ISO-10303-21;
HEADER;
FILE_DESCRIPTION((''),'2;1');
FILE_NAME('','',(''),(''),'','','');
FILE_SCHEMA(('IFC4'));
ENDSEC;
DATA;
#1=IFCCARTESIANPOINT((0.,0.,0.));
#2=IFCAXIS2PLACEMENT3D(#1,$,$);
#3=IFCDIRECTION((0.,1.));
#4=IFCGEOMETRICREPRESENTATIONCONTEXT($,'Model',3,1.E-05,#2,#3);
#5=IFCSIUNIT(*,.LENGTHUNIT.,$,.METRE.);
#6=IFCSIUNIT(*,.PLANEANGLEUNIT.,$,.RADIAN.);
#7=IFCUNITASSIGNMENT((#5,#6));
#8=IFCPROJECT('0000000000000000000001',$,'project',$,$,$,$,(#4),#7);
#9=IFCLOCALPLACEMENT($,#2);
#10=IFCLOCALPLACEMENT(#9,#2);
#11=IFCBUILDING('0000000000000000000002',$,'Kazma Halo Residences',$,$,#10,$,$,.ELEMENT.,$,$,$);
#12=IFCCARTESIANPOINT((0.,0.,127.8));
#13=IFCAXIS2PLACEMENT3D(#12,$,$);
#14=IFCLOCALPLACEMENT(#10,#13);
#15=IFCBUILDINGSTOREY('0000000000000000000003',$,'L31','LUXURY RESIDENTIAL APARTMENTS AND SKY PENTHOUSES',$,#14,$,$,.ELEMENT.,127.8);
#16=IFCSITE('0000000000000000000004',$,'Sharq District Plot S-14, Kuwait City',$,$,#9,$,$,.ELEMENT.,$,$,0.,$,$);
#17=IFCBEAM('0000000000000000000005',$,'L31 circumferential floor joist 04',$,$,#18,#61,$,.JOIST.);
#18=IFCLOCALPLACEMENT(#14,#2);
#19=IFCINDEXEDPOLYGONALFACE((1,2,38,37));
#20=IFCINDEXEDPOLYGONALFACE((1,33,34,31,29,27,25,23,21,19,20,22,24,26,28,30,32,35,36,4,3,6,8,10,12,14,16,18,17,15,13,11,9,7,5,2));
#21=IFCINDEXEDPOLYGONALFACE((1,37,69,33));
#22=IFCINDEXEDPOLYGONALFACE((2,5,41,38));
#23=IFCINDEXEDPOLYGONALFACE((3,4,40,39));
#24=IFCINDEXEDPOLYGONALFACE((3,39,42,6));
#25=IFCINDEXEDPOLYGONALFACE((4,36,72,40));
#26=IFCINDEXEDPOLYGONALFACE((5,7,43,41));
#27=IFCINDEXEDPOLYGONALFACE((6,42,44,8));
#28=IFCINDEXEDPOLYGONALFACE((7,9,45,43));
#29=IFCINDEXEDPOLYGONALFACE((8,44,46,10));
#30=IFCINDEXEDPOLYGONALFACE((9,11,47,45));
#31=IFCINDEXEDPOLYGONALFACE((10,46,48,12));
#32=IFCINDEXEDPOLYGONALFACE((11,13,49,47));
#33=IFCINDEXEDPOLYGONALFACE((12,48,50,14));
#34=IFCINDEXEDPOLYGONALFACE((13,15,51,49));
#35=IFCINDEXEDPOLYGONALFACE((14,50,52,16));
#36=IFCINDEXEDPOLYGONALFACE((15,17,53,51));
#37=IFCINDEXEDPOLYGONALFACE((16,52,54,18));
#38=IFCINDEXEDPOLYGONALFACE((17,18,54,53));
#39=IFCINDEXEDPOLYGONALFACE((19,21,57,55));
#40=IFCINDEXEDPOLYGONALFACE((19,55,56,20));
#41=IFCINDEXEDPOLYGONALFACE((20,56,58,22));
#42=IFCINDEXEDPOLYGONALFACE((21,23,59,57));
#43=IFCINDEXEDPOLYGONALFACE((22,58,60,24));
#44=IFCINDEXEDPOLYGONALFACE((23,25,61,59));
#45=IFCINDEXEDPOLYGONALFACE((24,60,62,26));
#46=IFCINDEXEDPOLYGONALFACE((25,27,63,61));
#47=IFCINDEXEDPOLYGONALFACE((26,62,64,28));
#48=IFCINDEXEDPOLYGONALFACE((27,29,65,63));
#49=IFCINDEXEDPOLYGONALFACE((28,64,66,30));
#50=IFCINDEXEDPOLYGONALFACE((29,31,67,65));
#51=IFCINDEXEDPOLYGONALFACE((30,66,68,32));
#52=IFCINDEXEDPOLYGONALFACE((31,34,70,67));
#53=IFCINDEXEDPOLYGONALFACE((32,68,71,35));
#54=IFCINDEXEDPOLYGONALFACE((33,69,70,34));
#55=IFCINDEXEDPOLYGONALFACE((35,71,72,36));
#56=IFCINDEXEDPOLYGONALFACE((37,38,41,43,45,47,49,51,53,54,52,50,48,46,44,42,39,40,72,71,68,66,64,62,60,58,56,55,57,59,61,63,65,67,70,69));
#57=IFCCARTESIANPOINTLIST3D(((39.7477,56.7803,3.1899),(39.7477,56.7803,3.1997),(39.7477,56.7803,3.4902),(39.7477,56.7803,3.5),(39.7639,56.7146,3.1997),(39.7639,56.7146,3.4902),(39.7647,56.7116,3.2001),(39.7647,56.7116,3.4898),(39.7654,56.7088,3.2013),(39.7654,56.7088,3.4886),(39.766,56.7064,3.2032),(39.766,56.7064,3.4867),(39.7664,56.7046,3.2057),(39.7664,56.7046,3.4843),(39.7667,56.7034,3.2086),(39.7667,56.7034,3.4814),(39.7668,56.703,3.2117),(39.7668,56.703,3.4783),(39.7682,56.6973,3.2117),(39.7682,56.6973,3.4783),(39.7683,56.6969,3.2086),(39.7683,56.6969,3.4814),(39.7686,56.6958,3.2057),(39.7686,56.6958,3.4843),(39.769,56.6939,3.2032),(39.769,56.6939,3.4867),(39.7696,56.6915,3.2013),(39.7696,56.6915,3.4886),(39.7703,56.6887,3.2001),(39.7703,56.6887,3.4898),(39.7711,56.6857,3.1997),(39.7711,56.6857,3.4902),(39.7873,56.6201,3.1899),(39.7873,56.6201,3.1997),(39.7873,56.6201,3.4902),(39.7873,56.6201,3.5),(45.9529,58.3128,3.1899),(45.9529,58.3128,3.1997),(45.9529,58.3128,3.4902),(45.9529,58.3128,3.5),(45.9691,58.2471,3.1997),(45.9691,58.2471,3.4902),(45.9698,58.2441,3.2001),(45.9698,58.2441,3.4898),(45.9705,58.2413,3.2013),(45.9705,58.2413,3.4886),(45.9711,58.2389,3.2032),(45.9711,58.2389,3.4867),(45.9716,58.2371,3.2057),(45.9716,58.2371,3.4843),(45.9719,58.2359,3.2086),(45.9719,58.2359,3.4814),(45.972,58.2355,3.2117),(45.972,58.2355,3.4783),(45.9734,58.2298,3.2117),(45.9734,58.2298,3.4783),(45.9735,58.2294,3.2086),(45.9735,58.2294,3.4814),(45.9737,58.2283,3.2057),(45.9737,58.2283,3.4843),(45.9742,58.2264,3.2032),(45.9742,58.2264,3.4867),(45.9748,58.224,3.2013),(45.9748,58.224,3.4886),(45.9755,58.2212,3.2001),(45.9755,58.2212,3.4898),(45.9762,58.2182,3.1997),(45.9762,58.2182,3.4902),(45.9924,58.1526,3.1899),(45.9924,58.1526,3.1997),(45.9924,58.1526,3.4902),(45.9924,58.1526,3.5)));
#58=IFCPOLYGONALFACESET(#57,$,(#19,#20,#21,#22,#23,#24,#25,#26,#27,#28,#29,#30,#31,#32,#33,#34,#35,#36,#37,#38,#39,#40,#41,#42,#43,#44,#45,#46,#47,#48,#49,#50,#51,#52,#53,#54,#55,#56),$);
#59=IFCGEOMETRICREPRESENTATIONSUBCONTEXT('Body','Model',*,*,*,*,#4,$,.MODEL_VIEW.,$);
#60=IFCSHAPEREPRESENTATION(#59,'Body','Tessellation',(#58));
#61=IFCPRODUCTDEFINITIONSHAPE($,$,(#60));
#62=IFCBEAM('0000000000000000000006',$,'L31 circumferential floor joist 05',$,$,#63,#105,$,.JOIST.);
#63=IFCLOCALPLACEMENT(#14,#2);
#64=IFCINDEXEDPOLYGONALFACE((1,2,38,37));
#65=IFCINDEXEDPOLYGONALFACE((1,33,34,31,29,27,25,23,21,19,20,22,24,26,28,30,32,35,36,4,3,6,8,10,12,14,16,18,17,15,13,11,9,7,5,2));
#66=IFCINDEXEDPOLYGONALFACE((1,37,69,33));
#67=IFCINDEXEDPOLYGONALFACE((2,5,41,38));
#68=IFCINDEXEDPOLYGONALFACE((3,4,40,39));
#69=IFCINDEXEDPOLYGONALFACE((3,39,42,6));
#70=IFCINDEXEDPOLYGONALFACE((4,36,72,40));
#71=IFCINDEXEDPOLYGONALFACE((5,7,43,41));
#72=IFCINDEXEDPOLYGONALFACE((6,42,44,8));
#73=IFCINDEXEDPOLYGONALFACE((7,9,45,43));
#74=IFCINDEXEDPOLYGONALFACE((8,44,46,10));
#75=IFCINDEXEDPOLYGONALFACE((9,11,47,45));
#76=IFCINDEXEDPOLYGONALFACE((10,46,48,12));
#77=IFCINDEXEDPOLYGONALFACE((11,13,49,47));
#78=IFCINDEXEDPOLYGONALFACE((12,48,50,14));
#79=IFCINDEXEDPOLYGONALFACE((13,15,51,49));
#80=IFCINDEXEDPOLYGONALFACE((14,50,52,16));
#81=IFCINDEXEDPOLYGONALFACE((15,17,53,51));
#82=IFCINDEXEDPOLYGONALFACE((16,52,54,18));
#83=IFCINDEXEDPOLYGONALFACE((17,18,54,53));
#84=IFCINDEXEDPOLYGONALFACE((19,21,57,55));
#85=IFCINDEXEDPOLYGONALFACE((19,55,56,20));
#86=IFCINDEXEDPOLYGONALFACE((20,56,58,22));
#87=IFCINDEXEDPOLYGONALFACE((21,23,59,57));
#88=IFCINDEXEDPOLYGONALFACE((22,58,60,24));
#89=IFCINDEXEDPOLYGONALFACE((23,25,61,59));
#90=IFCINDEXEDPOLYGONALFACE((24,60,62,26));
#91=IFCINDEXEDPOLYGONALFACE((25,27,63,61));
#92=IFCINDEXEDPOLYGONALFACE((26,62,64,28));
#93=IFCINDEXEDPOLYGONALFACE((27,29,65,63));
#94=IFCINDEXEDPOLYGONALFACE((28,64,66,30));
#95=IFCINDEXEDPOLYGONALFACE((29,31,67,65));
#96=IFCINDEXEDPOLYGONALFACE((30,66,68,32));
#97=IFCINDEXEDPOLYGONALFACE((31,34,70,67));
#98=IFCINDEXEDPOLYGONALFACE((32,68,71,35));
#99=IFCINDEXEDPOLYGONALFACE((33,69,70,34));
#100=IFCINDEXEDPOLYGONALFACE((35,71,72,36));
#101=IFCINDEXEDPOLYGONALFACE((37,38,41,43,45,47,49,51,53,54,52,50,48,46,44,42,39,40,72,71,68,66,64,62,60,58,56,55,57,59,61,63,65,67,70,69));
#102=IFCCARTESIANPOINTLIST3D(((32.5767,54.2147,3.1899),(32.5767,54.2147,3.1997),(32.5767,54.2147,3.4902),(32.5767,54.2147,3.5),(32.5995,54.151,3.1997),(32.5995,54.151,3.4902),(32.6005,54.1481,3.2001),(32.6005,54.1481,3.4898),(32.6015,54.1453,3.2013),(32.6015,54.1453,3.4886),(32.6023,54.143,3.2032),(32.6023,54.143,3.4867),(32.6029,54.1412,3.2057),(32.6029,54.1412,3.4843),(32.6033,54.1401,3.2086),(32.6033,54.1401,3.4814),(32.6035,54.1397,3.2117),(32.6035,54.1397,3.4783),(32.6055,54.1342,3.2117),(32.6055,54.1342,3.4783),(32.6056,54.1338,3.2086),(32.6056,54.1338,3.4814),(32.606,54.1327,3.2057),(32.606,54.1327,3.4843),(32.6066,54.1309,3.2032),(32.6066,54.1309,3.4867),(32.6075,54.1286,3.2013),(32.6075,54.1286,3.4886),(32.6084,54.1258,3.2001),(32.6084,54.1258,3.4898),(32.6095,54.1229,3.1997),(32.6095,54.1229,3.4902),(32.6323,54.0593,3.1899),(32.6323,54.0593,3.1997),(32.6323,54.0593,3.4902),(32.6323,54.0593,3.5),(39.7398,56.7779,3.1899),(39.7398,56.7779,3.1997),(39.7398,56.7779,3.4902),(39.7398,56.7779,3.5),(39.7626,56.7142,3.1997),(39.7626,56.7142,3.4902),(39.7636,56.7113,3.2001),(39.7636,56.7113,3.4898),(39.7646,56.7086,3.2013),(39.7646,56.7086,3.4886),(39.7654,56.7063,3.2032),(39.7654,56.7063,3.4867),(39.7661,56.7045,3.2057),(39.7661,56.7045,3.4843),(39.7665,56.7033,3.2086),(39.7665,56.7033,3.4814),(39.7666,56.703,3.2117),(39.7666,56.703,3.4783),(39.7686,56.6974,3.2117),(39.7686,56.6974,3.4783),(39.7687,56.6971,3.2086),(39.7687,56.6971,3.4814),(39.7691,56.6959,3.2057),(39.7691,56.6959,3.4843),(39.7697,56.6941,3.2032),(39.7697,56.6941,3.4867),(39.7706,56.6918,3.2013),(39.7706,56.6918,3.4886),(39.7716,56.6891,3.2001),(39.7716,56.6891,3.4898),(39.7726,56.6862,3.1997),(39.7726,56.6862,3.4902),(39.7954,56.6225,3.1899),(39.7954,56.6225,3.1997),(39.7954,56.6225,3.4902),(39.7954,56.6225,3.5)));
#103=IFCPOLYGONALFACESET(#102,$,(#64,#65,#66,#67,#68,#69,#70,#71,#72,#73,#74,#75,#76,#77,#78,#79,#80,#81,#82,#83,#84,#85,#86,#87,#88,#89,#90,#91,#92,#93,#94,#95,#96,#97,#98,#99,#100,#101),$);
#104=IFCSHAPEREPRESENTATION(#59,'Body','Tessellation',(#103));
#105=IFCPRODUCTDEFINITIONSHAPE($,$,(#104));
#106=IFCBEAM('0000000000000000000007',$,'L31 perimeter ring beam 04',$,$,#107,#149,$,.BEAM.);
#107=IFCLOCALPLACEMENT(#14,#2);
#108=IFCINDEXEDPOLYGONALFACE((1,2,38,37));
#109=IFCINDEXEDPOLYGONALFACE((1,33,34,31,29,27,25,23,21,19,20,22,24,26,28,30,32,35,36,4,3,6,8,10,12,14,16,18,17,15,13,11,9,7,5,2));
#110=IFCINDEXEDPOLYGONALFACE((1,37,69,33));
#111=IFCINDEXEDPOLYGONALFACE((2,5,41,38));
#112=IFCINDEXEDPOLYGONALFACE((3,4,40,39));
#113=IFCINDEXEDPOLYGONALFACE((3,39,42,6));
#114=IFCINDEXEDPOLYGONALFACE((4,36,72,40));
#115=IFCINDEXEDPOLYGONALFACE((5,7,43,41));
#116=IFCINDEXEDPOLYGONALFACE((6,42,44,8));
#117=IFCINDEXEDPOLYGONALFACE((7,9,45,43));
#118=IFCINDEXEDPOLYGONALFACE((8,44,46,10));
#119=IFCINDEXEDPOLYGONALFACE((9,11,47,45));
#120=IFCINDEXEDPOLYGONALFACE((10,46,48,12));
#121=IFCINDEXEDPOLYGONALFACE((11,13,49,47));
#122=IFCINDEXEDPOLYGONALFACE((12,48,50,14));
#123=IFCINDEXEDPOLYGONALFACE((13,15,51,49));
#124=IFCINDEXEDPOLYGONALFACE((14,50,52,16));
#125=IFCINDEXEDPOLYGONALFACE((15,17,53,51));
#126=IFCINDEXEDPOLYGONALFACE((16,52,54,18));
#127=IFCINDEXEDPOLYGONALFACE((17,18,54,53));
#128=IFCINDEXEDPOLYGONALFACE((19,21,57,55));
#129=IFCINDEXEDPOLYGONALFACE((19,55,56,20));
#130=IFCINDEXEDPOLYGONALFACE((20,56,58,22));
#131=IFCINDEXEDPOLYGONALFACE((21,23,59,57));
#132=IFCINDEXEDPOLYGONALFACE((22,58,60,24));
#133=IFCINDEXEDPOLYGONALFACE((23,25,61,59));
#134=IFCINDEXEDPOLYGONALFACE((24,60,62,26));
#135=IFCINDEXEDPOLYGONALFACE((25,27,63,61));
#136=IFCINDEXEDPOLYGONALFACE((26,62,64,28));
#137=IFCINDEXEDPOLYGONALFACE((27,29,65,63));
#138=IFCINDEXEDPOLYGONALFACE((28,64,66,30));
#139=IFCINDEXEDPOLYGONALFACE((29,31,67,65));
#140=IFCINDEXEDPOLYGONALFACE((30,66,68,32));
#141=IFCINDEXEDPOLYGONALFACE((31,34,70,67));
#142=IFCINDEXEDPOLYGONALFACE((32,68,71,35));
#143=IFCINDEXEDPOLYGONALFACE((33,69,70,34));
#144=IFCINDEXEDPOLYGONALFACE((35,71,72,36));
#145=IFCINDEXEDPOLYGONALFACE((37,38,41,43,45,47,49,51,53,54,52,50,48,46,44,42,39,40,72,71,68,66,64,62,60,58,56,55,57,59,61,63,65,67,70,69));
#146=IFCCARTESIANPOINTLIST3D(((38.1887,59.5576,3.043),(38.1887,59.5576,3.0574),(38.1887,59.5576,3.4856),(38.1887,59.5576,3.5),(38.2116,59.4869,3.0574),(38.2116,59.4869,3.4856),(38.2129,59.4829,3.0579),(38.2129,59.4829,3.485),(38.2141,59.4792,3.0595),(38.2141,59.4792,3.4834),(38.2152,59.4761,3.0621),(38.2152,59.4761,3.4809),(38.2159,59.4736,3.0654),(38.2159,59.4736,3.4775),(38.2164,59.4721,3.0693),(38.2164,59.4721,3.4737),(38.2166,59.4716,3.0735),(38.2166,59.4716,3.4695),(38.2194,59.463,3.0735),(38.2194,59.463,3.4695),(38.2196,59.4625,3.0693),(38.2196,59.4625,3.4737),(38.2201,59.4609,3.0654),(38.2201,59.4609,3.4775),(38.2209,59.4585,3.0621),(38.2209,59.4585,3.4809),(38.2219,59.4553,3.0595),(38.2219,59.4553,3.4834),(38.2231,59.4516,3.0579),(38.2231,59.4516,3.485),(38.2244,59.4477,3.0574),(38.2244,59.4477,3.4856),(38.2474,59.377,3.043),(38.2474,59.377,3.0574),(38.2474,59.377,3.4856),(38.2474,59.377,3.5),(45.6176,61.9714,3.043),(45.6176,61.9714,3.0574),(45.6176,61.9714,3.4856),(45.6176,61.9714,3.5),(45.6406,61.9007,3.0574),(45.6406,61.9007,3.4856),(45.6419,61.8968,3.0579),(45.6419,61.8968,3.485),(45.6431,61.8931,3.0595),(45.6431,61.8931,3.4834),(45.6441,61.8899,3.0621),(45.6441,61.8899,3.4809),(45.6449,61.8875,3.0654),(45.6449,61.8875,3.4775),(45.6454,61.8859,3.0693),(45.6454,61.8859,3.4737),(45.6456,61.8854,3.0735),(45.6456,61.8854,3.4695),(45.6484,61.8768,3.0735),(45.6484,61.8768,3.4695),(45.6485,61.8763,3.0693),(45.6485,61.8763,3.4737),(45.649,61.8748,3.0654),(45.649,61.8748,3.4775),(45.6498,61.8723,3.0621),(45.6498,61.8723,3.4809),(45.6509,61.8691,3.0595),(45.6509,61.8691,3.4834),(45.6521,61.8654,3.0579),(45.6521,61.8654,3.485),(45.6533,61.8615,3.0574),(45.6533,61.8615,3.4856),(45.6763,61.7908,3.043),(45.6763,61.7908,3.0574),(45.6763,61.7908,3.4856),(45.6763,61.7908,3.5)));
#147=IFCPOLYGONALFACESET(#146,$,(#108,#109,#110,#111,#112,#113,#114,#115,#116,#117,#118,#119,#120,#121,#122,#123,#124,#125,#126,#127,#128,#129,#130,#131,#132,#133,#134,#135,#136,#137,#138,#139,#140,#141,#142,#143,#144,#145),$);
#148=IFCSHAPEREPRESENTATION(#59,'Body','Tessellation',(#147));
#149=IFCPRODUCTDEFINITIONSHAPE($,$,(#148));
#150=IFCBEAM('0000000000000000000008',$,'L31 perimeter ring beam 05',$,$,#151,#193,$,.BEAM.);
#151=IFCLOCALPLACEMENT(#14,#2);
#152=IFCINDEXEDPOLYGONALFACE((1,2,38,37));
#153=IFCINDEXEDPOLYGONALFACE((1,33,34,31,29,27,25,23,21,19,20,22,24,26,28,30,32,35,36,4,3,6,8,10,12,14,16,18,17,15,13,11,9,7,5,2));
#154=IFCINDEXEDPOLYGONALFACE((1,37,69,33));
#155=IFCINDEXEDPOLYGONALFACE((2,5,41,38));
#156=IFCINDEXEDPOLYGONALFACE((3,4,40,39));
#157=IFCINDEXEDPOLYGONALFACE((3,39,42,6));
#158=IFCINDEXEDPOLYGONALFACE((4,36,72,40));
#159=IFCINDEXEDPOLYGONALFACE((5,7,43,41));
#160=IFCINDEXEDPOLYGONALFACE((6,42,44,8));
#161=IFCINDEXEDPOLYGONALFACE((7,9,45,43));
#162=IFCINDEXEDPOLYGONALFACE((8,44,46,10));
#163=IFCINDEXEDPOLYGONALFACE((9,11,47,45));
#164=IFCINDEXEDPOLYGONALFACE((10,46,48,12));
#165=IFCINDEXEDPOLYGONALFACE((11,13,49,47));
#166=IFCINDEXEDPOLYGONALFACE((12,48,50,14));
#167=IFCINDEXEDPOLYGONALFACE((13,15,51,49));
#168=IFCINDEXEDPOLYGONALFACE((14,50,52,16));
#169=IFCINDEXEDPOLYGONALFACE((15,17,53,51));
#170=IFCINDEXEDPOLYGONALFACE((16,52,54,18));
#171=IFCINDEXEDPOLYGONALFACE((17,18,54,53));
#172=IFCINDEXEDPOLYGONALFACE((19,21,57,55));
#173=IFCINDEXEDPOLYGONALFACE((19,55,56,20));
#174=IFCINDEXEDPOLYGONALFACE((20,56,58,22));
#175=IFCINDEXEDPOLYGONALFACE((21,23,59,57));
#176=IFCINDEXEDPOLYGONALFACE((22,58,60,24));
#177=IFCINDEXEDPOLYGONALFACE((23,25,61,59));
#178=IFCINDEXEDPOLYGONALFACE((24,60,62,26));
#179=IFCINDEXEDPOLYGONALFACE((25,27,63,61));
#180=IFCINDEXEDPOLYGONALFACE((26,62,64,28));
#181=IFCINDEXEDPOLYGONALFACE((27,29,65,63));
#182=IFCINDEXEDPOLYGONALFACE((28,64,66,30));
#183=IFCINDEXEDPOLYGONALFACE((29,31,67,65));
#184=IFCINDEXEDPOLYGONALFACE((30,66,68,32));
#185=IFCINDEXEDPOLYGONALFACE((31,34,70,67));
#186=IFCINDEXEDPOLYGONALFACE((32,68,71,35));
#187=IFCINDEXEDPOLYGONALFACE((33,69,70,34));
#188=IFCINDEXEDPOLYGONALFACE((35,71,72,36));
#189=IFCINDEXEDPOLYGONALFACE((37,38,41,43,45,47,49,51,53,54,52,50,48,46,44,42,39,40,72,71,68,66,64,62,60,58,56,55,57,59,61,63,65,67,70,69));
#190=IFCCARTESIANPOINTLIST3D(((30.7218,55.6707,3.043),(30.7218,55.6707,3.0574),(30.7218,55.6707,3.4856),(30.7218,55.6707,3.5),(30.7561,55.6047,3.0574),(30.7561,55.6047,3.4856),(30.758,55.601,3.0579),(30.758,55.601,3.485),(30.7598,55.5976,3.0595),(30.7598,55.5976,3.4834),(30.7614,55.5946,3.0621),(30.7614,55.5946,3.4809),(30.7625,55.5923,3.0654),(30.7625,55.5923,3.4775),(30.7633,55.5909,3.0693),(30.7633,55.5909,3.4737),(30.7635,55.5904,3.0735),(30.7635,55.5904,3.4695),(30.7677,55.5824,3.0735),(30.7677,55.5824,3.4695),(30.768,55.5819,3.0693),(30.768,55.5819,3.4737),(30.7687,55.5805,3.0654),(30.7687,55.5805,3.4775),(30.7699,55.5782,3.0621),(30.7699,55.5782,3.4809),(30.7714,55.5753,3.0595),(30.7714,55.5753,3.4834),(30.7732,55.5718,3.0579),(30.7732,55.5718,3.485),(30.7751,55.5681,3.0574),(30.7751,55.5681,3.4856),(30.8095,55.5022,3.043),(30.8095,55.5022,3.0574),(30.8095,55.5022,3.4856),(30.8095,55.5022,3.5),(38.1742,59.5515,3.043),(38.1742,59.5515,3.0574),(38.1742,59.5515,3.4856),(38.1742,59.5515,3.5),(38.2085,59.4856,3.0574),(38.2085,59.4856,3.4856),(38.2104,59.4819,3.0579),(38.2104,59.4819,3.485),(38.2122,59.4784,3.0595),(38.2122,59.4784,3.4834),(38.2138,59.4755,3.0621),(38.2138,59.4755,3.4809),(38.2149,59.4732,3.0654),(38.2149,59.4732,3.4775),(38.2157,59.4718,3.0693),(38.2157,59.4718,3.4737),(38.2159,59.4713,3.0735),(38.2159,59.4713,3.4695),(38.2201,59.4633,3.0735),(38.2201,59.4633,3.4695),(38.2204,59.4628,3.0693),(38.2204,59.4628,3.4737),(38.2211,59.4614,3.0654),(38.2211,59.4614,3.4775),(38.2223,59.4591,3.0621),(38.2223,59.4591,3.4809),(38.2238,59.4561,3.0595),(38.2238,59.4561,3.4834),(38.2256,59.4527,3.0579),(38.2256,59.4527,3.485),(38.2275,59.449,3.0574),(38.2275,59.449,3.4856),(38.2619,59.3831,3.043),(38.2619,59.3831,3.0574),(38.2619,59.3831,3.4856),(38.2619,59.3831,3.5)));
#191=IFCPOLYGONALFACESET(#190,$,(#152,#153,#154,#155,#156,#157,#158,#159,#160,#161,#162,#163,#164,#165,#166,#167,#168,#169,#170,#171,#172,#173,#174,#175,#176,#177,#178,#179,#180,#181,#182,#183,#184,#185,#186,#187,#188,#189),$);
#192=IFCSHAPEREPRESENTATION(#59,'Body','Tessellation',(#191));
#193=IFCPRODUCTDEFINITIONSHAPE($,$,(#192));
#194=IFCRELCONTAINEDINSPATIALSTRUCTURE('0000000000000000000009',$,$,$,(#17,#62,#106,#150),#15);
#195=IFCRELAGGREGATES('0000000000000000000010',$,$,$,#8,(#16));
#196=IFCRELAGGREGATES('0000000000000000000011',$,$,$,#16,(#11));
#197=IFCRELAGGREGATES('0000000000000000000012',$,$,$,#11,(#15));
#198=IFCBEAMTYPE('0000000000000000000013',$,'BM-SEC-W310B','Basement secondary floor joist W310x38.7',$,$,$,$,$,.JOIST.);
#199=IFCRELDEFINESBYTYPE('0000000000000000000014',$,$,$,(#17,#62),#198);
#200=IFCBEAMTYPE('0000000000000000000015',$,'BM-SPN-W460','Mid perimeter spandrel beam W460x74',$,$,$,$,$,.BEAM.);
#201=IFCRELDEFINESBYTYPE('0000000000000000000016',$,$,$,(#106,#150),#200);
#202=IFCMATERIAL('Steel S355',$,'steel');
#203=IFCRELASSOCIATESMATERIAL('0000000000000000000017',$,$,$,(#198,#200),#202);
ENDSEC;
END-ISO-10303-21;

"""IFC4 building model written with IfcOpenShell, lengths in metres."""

from ifc_helpers import new_model, si_unit, direction, frame, origin, origin_2d, place, context, subcontext, project, spatial, i_section, extrude, material, material_profile, profile_set, type_object, element, save


model = new_model("IFC4")

# Units and contexts
model_context = context("Model", 3, precision=1e-05, world=origin(), true_north=direction((0.0, 1.0)))
body_context = subcontext(model_context, "Body", "Model", "MODEL_VIEW")
ifc_project = project(units=[si_unit("LENGTHUNIT", "METRE"), si_unit("PLANEANGLEUNIT", "RADIAN")], contexts=[model_context])

# Site, building, storey
site_placement = place(None, origin())
site = spatial("IfcSite", under=ifc_project, at=site_placement, Name="Sharq District Plot S-14, Kuwait City", CompositionType="ELEMENT", RefElevation=0.0)
building_placement = place(site_placement, origin())
building = spatial("IfcBuilding", under=site, at=building_placement, Name="Kazma Halo Residences", CompositionType="ELEMENT")
storey_placement = place(building_placement, frame((0.0, 0.0, 127.8)))
storey = spatial("IfcBuildingStorey", under=building, at=storey_placement, Name="L31", Description="LUXURY RESIDENTIAL APARTMENTS AND SKY PENTHOUSES", CompositionType="ELEMENT", Elevation=127.8)

# Beams
ifc_material_1 = material(Name="Steel S355", Category="steel")
ifc_material_profile_1 = material_profile(ifc_material_1, i_section(OverallWidth=0.165, OverallDepth=0.3101, WebThickness=0.0059, FlangeThickness=0.0098, FilletRadius=0.012, at=origin_2d()), Name="W310x38.7")
ifc_profile_set_1 = profile_set([ifc_material_profile_1], Name="Steel S355")
beam_type_1 = type_object("IfcBeamType", Name="BM-SEC-W310B", Description="Basement secondary floor joist W310x38.7", PredefinedType="JOIST", material=ifc_profile_set_1)
beam_1_placement = place(storey_placement, frame((45.9727, 58.2327, 3.345), z_axis=(-0.970831, -0.239766, 0.0), x_axis=(0.239766, -0.970831, 0.0)))
element("IfcBeam", 1, at=beam_1_placement, inside=storey, type_object=beam_type_1, Name="L31 circumferential floor joist 04", PredefinedType="JOIST", context=body_context, shape_type="SweptSolid", body=[
    extrude(i_section(OverallWidth=0.165, OverallDepth=0.3101, WebThickness=0.0059, FlangeThickness=0.0098, FilletRadius=0.012, at=origin_2d()), origin(), (0.0, 0.0, 1.0), 6.3916),
])
beam_2_placement = place(storey_placement, frame((39.7676, 56.7002, 3.345), z_axis=(-0.941534, -0.336918, 0.0), x_axis=(0.336918, -0.941534, 0.0)))
element("IfcBeam", 2, at=beam_2_placement, inside=storey, type_object=beam_type_1, Name="L31 circumferential floor joist 05", PredefinedType="JOIST", context=body_context, shape_type="SweptSolid", body=[
    extrude(i_section(OverallWidth=0.165, OverallDepth=0.3101, WebThickness=0.0059, FlangeThickness=0.0098, FilletRadius=0.012, at=origin_2d()), origin(), (0.0, 0.0, 1.0), 7.6079),
])
ifc_material_profile_2 = material_profile(ifc_material_1, i_section(OverallWidth=0.1899, OverallDepth=0.457, WebThickness=0.009, FlangeThickness=0.0144, FilletRadius=0.0161, at=origin_2d()), Name="W460x74")
ifc_profile_set_2 = profile_set([ifc_material_profile_2], Name="Steel S355")
beam_type_2 = type_object("IfcBeamType", Name="BM-SPN-W460", Description="Mid perimeter spandrel beam W460x74", PredefinedType="BEAM", material=ifc_profile_set_2)
beam_3_placement = place(storey_placement, frame((45.647, 61.8811, 3.2715), z_axis=(-0.951056, -0.309018, 0.0), x_axis=(0.309018, -0.951056, 0.0)))
element("IfcBeam", 3, at=beam_3_placement, inside=storey, type_object=beam_type_2, Name="L31 perimeter ring beam 04", PredefinedType="BEAM", context=body_context, shape_type="SweptSolid", body=[
    extrude(i_section(OverallWidth=0.1899, OverallDepth=0.457, WebThickness=0.009, FlangeThickness=0.0144, FilletRadius=0.0161, at=origin_2d()), origin(), (0.0, 0.0, 1.0), 7.8113),
])
beam_4_placement = place(storey_placement, frame((38.218, 59.4673, 3.2715), z_axis=(-0.886943, -0.461879, 0.0), x_axis=(0.461879, -0.886943, 0.0)))
element("IfcBeam", 4, at=beam_4_placement, inside=storey, type_object=beam_type_2, Name="L31 perimeter ring beam 05", PredefinedType="BEAM", context=body_context, shape_type="SweptSolid", body=[
    extrude(i_section(OverallWidth=0.1899, OverallDepth=0.457, WebThickness=0.009, FlangeThickness=0.0144, FilletRadius=0.0161, at=origin_2d()), origin(), (0.0, 0.0, 1.0), 8.4023),
])

save(model, "model.ifc")
